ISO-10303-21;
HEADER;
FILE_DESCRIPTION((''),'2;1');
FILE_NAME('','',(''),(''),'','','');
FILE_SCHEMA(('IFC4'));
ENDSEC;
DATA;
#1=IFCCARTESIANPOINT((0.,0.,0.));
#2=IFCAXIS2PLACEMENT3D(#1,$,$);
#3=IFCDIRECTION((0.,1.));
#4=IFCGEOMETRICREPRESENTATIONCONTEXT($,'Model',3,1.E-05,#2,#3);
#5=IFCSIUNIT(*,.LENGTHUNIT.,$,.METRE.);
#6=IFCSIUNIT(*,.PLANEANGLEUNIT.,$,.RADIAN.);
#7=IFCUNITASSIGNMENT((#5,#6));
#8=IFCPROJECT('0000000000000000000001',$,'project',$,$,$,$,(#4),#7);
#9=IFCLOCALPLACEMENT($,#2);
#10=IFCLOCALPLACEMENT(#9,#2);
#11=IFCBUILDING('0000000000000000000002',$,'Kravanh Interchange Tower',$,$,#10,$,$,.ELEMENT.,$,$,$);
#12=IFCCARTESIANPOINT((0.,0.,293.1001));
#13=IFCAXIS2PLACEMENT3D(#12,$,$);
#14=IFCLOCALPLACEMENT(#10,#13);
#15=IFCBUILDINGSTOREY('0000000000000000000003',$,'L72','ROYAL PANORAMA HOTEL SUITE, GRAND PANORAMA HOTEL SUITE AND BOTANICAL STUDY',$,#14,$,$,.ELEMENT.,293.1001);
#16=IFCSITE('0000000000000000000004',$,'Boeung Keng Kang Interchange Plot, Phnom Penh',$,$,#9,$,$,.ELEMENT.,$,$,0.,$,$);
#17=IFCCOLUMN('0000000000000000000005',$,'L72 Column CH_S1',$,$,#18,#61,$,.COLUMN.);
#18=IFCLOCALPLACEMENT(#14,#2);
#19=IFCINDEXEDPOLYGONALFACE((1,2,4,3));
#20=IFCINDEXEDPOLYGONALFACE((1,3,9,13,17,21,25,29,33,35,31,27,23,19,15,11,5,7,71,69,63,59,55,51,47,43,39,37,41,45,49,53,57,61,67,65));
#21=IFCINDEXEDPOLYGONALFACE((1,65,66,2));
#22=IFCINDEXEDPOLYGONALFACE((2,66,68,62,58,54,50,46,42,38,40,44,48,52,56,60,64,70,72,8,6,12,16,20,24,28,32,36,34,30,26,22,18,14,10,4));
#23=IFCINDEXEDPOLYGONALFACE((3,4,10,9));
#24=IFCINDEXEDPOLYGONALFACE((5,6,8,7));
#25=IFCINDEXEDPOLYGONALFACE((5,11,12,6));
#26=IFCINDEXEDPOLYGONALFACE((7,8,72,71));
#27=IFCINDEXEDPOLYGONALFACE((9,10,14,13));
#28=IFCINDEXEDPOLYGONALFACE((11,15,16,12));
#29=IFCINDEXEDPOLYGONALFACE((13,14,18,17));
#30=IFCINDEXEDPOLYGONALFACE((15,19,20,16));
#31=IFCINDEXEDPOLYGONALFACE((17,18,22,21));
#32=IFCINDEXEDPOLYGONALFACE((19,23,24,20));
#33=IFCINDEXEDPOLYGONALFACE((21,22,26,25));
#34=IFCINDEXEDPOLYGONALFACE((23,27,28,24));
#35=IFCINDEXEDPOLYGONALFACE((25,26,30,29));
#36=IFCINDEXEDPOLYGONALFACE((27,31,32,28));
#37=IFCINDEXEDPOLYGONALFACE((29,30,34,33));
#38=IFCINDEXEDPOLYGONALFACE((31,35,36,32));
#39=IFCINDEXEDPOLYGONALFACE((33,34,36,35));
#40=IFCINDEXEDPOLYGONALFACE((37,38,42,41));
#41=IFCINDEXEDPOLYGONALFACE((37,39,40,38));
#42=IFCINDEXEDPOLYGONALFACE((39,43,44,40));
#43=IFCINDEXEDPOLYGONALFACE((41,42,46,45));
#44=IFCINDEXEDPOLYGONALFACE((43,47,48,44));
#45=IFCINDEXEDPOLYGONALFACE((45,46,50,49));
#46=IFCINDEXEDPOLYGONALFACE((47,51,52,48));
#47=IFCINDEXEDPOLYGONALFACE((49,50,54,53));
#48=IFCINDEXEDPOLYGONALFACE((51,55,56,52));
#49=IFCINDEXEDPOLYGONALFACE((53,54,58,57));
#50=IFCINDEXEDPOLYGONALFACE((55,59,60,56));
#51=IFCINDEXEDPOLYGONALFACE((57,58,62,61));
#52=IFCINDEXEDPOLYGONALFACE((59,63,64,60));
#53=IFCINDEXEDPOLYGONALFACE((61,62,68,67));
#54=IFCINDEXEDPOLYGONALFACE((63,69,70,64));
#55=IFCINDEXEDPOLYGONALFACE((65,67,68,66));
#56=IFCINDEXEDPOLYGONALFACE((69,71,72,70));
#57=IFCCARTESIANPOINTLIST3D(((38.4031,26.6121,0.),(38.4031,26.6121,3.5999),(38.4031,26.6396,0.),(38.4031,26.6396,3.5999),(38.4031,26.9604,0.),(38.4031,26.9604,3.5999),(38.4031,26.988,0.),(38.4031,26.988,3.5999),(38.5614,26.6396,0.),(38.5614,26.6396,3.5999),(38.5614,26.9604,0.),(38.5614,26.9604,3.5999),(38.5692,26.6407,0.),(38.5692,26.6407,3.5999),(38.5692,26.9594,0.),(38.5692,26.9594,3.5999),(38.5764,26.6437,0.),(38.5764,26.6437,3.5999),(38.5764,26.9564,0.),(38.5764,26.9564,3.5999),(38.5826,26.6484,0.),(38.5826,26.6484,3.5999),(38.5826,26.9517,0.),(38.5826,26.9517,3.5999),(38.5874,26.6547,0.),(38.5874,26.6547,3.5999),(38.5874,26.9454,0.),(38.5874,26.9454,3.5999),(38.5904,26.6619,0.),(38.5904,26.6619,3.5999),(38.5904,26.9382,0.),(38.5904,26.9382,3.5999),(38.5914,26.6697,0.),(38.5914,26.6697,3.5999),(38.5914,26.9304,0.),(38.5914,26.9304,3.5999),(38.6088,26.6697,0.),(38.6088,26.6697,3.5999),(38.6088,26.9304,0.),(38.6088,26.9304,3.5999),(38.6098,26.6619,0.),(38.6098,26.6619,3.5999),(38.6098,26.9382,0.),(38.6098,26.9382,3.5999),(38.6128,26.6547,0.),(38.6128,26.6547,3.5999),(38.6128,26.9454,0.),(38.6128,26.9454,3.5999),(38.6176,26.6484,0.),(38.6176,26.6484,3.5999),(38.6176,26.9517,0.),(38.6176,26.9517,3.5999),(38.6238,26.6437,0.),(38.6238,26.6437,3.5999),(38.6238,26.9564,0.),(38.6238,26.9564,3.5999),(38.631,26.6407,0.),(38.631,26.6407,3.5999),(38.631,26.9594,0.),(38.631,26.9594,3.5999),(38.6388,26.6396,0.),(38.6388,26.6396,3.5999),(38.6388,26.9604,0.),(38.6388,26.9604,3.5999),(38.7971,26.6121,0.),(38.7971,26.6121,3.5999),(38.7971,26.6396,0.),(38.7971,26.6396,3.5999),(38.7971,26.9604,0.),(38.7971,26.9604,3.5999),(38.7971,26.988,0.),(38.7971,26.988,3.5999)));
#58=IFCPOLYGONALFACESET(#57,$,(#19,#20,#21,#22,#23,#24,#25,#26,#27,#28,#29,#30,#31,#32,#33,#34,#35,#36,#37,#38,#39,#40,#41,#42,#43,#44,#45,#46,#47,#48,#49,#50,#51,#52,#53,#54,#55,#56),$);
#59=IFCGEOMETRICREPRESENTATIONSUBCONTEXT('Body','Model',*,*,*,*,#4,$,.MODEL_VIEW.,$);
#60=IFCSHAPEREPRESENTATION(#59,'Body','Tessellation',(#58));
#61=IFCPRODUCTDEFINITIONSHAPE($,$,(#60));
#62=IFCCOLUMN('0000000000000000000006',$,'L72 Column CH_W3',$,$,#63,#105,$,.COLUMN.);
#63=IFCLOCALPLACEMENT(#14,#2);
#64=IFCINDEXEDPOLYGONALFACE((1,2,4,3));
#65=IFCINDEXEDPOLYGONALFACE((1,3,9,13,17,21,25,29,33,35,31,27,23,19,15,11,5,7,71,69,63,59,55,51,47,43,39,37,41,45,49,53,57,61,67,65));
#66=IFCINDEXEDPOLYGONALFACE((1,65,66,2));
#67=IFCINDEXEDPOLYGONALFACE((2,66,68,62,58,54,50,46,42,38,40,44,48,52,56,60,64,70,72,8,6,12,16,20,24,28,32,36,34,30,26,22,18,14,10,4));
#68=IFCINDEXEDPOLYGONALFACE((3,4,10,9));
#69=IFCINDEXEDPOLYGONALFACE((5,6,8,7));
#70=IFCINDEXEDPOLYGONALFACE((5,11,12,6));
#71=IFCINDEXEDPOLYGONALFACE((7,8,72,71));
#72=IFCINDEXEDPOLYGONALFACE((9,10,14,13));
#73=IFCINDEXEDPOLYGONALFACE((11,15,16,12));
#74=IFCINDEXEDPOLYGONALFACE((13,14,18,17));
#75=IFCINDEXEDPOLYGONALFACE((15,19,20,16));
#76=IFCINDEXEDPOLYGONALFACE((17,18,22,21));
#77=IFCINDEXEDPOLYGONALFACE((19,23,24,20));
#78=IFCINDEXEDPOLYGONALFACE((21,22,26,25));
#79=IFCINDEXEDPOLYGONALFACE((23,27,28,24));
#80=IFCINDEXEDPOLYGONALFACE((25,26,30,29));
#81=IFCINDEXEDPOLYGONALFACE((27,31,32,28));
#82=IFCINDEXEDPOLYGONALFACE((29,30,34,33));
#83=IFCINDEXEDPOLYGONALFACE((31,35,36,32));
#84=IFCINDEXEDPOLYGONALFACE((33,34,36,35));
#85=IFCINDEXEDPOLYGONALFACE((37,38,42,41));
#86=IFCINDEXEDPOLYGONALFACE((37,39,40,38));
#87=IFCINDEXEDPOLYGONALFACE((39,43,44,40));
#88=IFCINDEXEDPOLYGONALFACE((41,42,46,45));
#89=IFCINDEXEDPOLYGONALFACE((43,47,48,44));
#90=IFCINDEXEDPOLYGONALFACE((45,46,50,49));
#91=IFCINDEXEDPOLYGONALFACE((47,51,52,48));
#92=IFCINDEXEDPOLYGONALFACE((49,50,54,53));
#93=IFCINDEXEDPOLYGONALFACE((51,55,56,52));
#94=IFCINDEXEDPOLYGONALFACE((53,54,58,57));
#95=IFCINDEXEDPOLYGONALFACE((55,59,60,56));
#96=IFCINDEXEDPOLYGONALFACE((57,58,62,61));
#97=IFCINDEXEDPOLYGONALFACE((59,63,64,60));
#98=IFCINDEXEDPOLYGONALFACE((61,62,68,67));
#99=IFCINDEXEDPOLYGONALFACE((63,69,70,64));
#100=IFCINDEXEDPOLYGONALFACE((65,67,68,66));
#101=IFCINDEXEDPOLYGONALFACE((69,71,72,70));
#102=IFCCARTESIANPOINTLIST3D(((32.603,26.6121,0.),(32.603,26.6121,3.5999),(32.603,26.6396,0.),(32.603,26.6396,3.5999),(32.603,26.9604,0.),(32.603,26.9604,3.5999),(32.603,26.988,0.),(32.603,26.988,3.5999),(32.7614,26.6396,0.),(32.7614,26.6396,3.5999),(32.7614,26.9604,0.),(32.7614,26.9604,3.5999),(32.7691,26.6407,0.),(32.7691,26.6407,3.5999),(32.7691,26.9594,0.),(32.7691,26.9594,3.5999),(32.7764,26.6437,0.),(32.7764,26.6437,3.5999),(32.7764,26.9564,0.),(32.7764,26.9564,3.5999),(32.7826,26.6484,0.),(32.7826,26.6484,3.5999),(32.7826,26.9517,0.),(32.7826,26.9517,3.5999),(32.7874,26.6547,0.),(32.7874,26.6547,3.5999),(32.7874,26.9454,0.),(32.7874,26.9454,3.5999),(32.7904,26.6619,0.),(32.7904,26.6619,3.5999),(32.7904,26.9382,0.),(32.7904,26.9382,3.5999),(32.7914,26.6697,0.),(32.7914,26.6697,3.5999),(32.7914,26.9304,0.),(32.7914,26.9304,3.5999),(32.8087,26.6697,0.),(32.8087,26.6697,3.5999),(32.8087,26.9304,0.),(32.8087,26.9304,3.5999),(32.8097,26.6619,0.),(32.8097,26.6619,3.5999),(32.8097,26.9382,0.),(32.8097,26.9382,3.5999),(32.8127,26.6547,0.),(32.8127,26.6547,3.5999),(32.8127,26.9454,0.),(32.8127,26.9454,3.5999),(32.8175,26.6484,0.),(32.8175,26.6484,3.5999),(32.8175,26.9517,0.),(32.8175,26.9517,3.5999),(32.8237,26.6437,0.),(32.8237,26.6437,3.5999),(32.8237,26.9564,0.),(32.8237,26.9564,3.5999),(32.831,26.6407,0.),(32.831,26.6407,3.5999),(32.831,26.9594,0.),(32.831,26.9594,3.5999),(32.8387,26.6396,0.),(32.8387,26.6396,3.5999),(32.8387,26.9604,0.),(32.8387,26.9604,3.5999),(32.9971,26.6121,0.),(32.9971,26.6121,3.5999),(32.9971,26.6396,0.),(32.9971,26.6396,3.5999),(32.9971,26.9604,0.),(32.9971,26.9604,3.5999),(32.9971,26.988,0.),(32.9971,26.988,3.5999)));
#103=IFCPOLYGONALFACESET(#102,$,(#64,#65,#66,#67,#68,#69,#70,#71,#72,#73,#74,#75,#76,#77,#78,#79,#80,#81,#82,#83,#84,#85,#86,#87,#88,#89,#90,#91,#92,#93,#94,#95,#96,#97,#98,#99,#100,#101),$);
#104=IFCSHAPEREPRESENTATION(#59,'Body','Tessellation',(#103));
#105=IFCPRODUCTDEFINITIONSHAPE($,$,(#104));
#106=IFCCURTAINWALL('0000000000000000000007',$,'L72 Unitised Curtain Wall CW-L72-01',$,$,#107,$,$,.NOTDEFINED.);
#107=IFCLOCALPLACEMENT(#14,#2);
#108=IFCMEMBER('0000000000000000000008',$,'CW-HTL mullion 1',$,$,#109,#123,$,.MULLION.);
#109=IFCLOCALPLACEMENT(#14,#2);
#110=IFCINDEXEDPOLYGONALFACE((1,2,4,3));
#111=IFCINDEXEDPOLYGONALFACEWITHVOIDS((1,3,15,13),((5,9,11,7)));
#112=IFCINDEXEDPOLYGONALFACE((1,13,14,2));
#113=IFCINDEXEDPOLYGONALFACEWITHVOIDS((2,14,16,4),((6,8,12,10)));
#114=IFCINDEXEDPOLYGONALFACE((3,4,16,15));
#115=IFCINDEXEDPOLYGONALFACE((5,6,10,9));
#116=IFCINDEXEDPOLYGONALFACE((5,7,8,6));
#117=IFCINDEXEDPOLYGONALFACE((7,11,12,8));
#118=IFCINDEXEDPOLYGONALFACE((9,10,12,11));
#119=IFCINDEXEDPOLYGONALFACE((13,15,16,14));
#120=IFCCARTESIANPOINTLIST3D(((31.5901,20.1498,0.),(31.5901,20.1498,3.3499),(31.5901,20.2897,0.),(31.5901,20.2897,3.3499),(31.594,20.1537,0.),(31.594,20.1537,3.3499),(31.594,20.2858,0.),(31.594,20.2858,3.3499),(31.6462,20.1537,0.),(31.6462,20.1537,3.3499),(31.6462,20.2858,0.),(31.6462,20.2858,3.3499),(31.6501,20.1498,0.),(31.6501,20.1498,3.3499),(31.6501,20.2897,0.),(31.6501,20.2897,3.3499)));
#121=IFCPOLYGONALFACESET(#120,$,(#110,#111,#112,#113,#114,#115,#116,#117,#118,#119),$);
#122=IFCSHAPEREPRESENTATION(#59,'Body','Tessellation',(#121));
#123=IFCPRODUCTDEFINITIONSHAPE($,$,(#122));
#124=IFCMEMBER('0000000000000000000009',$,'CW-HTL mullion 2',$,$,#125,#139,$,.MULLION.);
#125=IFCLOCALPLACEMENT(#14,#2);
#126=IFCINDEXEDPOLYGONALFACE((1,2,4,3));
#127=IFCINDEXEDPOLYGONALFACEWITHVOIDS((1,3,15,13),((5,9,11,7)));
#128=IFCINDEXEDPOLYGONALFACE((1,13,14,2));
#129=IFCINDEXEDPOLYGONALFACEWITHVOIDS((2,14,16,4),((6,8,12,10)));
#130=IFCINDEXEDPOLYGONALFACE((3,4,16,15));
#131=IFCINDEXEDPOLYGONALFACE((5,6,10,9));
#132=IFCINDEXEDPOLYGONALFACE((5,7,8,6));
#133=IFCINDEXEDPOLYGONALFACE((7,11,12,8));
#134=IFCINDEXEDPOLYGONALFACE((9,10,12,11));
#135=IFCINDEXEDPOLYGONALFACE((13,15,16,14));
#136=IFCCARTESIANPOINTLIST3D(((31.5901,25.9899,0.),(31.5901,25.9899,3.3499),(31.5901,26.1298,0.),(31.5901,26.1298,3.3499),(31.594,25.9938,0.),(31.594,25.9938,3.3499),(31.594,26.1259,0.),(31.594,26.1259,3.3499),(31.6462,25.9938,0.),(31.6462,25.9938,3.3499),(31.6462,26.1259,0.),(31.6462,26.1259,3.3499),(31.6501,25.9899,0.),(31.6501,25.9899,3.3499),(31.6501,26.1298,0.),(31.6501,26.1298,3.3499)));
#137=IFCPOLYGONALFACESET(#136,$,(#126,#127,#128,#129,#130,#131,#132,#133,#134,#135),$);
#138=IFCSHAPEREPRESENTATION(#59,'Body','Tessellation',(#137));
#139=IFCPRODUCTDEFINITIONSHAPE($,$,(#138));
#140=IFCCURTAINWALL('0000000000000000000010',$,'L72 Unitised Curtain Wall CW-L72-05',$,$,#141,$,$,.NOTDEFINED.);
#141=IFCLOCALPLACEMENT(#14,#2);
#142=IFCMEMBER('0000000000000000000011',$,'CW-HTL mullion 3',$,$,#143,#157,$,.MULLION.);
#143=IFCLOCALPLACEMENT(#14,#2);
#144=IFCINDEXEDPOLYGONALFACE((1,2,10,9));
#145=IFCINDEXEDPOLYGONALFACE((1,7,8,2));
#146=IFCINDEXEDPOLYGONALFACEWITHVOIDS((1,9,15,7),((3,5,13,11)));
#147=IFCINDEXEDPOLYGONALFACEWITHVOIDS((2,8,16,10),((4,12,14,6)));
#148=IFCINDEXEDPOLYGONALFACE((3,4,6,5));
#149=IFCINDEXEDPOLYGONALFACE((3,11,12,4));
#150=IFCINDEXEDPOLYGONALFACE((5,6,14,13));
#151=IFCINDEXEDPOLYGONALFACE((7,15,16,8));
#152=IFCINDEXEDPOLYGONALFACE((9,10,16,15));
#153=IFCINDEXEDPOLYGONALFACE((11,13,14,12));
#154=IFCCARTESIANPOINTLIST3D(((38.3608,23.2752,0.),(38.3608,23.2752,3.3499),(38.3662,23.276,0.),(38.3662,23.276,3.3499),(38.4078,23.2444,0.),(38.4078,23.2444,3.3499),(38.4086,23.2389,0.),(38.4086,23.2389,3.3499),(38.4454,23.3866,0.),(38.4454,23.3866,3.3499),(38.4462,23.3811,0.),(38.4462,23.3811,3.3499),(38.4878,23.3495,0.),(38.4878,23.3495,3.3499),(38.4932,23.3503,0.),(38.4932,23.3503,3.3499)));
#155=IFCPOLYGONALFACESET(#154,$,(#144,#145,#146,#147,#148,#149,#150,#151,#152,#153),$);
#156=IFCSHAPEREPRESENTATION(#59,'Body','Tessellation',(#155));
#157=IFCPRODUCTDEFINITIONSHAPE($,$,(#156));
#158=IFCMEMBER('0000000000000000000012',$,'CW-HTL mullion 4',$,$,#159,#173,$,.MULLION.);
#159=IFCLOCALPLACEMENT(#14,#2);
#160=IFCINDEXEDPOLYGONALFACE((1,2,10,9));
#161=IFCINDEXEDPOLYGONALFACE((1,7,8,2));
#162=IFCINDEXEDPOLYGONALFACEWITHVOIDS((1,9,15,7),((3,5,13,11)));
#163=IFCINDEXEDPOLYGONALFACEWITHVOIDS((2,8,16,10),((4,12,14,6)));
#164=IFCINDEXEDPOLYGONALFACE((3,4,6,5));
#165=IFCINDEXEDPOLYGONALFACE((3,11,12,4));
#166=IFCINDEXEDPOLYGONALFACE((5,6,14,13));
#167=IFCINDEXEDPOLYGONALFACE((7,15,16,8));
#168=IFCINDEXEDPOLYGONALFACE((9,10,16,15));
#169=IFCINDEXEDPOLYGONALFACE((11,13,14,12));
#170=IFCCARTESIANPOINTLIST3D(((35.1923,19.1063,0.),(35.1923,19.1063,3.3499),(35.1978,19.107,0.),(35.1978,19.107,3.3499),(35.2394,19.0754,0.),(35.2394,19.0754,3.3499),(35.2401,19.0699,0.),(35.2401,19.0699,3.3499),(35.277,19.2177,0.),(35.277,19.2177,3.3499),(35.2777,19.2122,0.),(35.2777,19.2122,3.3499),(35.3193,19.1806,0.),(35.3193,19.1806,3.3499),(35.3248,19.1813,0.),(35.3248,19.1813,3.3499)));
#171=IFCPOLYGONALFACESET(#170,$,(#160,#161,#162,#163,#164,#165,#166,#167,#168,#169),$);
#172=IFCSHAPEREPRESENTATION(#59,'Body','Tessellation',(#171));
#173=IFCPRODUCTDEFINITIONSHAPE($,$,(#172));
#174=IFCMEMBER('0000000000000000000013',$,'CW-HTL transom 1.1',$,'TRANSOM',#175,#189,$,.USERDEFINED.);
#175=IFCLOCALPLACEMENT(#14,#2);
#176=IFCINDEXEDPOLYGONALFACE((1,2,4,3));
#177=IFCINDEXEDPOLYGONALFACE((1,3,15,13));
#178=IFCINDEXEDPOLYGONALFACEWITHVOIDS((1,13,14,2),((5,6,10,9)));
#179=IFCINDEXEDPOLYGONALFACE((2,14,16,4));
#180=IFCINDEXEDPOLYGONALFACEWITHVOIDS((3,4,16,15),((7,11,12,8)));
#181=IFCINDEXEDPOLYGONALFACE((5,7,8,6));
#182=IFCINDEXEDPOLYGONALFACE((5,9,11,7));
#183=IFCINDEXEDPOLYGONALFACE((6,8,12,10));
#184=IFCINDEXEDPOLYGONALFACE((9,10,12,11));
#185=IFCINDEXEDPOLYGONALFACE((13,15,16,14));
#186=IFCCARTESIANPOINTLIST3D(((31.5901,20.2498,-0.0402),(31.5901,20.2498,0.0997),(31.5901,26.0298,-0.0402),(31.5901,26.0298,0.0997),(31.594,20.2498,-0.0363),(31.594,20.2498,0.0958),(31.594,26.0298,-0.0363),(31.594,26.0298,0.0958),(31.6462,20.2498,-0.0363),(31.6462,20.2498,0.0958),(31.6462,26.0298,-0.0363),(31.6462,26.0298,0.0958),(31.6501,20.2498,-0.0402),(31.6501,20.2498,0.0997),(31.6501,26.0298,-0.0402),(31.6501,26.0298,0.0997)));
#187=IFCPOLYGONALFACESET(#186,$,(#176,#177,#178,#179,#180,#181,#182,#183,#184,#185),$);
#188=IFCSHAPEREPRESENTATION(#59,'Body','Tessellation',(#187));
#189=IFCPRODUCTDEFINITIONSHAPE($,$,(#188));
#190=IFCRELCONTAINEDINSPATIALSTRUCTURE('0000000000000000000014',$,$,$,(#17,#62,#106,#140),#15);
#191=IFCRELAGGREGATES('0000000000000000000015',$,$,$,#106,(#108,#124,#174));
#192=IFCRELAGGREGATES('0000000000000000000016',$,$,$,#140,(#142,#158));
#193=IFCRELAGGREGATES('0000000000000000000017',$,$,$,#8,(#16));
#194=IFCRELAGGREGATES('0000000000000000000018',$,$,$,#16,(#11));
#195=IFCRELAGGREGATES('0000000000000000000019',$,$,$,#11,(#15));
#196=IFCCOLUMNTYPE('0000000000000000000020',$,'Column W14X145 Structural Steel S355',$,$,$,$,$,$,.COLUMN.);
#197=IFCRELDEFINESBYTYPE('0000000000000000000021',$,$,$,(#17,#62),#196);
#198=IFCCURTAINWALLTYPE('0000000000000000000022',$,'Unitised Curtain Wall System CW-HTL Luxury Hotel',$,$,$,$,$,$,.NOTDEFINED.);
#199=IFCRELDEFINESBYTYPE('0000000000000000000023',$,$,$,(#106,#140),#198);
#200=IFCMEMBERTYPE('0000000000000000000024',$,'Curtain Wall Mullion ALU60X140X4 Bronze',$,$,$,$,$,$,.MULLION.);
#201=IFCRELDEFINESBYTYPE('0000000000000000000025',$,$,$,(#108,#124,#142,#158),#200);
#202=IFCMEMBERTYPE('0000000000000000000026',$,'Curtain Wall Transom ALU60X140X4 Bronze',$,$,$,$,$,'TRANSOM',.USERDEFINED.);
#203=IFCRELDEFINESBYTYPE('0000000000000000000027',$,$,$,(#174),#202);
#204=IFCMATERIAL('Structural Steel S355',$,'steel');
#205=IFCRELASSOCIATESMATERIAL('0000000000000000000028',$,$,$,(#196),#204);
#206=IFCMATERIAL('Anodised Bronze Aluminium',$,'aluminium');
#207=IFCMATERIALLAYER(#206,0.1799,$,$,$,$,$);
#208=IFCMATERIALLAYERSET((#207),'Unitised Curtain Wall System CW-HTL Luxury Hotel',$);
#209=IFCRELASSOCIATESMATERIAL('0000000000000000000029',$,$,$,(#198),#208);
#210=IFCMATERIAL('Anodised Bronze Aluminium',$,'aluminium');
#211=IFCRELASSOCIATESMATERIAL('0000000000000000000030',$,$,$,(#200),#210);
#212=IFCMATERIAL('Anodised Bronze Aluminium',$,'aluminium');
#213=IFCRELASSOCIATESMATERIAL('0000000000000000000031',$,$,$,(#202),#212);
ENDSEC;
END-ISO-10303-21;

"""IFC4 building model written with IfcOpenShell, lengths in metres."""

from ifc_helpers import new_model, si_unit, direction, frame, origin, origin_2d, place, context, subcontext, project, spatial, hollow_rectangle, i_section, extrude, material, layer, layer_set, material_profile, profile_set, type_object, element, aggregate, save


model = new_model("IFC4")

# Units and contexts
model_context = context("Model", 3, precision=1e-05, world=origin(), true_north=direction((0.0, 1.0)))
body_context = subcontext(model_context, "Body", "Model", "MODEL_VIEW")
ifc_project = project(units=[si_unit("LENGTHUNIT", "METRE"), si_unit("PLANEANGLEUNIT", "RADIAN")], contexts=[model_context])

# Site, building, storey
site_placement = place(None, origin())
site = spatial("IfcSite", under=ifc_project, at=site_placement, Name="Boeung Keng Kang Interchange Plot, Phnom Penh", CompositionType="ELEMENT", RefElevation=0.0)
building_placement = place(site_placement, origin())
building = spatial("IfcBuilding", under=site, at=building_placement, Name="Kravanh Interchange Tower", CompositionType="ELEMENT")
storey_placement = place(building_placement, frame((0.0, 0.0, 293.1001)))
storey = spatial("IfcBuildingStorey", under=building, at=storey_placement, Name="L72", Description="ROYAL PANORAMA HOTEL SUITE, GRAND PANORAMA HOTEL SUITE AND BOTANICAL STUDY", CompositionType="ELEMENT", Elevation=293.1001)

# Columns
ifc_material_1 = material(Name="Structural Steel S355", Category="steel")
ifc_material_profile_1 = material_profile(ifc_material_1, i_section(OverallWidth=0.394, OverallDepth=0.376, WebThickness=0.0173, FlangeThickness=0.0276, FilletRadius=0.03, at=origin_2d()), Name="W14X145")
ifc_profile_set_1 = profile_set([ifc_material_profile_1], Name="Structural Steel S355")
column_type = type_object("IfcColumnType", Name="Column W14X145 Structural Steel S355", PredefinedType="COLUMN", material=ifc_profile_set_1)
for number, where, z_axis, x_axis, name in (
    (1, (38.6001, 26.8, 0.0), (0.0, 0.0, 1.0), (1.0, 0.0, 0.0), "L72 Column CH_S1"),
    (2, (32.8, 26.8, 0.0), (0.0, 0.0, 1.0), (1.0, 0.0, 0.0), "L72 Column CH_W3"),
):
    element("IfcColumn", number, at=place(storey_placement, frame(where, z_axis=z_axis, x_axis=x_axis)), inside=storey, type_object=column_type, Name=name, PredefinedType="COLUMN", context=body_context, shape_type="SweptSolid", body=[
        extrude(i_section(OverallWidth=0.394, OverallDepth=0.376, WebThickness=0.0173, FlangeThickness=0.0276, FilletRadius=0.03, at=origin_2d()), origin(), (0.0, 0.0, 1.0), 3.5999),
    ])

# Curtain walls, members
ifc_material_2 = material(Name="Anodised Bronze Aluminium", Category="aluminium")
ifc_layer_1 = layer(ifc_material_2, 0.1799)
ifc_layer_set_1 = layer_set([ifc_layer_1], Name="Unitised Curtain Wall System CW-HTL Luxury Hotel")
curtain_wall_type = type_object("IfcCurtainWallType", Name="Unitised Curtain Wall System CW-HTL Luxury Hotel", PredefinedType="NOTDEFINED", material=ifc_layer_set_1)
curtain_wall_1_placement = place(storey_placement, origin())
curtain_wall_1 = element("IfcCurtainWall", 3, at=curtain_wall_1_placement, inside=storey, type_object=curtain_wall_type, Name="L72 Unitised Curtain Wall CW-L72-01", PredefinedType="NOTDEFINED")
ifc_material_3 = material(Name="Anodised Bronze Aluminium", Category="aluminium")
ifc_material_profile_2 = material_profile(ifc_material_3, hollow_rectangle(XDim=0.0601, YDim=0.1399, WallThickness=0.0039, at=origin_2d()), Name="ALU60X140X4")
ifc_profile_set_2 = profile_set([ifc_material_profile_2], Name="Anodised Bronze Aluminium")
member_type_1 = type_object("IfcMemberType", Name="Curtain Wall Mullion ALU60X140X4 Bronze", PredefinedType="MULLION", material=ifc_profile_set_2)
member_1_placement = place(storey_placement, frame((31.6201, 20.2197, 0.0), z_axis=(0.0, 0.0, 1.0), x_axis=(-1.0, 0.0, 0.0)))
member_1 = element("IfcMember", 4, at=member_1_placement, type_object=member_type_1, Name="CW-HTL mullion 1", PredefinedType="MULLION", context=body_context, shape_type="SweptSolid", body=[
    extrude(hollow_rectangle(XDim=0.0601, YDim=0.1399, WallThickness=0.0039, at=origin_2d()), origin(), (0.0, 0.0, 1.0), 3.3499),
])
member_2_placement = place(storey_placement, frame((31.6201, 26.0598, 0.0), z_axis=(0.0, 0.0, 1.0), x_axis=(-1.0, 0.0, 0.0)))
member_2 = element("IfcMember", 5, at=member_2_placement, type_object=member_type_1, Name="CW-HTL mullion 2", PredefinedType="MULLION", context=body_context, shape_type="SweptSolid", body=[
    extrude(hollow_rectangle(XDim=0.0601, YDim=0.1399, WallThickness=0.0039, at=origin_2d()), origin(), (0.0, 0.0, 1.0), 3.3499),
])
curtain_wall_2_placement = place(storey_placement, origin())
curtain_wall_2 = element("IfcCurtainWall", 6, at=curtain_wall_2_placement, inside=storey, type_object=curtain_wall_type, Name="L72 Unitised Curtain Wall CW-L72-05", PredefinedType="NOTDEFINED")
member_3_placement = place(storey_placement, frame((38.427, 23.3127, 0.0), z_axis=(0.0, 0.0, 1.0), x_axis=(0.796162, -0.605083, 0.0)))
member_3 = element("IfcMember", 7, at=member_3_placement, type_object=member_type_1, Name="CW-HTL mullion 3", PredefinedType="MULLION", context=body_context, shape_type="SweptSolid", body=[
    extrude(hollow_rectangle(XDim=0.0601, YDim=0.1399, WallThickness=0.0039, at=origin_2d()), origin(), (0.0, 0.0, 1.0), 3.3499),
])
member_4_placement = place(storey_placement, frame((35.2585, 19.1438, 0.0), z_axis=(0.0, 0.0, 1.0), x_axis=(0.796162, -0.605083, 0.0)))
member_4 = element("IfcMember", 8, at=member_4_placement, type_object=member_type_1, Name="CW-HTL mullion 4", PredefinedType="MULLION", context=body_context, shape_type="SweptSolid", body=[
    extrude(hollow_rectangle(XDim=0.0601, YDim=0.1399, WallThickness=0.0039, at=origin_2d()), origin(), (0.0, 0.0, 1.0), 3.3499),
])

# Member
ifc_material_4 = material(Name="Anodised Bronze Aluminium", Category="aluminium")
ifc_material_profile_3 = material_profile(ifc_material_4, hollow_rectangle(XDim=0.0601, YDim=0.1399, WallThickness=0.0039, at=origin_2d()), Name="ALU60X140X4")
ifc_profile_set_3 = profile_set([ifc_material_profile_3], Name="Anodised Bronze Aluminium")
member_type_2 = type_object("IfcMemberType", Name="Curtain Wall Transom ALU60X140X4 Bronze", ElementType="TRANSOM", PredefinedType="USERDEFINED", material=ifc_profile_set_3)
member_5_placement = place(storey_placement, frame((31.6201, 20.2498, 0.0298), z_axis=(0.0, 1.0, 0.0), x_axis=(-1.0, 0.0, 0.0)))
member_5 = element("IfcMember", 9, at=member_5_placement, type_object=member_type_2, Name="CW-HTL transom 1.1", ObjectType="TRANSOM", PredefinedType="USERDEFINED", context=body_context, shape_type="SweptSolid", body=[
    extrude(hollow_rectangle(XDim=0.0601, YDim=0.1399, WallThickness=0.0039, at=origin_2d()), origin(), (0.0, 0.0, 1.0), 5.78),
])

aggregate(curtain_wall_1, [member_1, member_2, member_5])
aggregate(curtain_wall_2, [member_3, member_4])

save(model, "model.ifc")
